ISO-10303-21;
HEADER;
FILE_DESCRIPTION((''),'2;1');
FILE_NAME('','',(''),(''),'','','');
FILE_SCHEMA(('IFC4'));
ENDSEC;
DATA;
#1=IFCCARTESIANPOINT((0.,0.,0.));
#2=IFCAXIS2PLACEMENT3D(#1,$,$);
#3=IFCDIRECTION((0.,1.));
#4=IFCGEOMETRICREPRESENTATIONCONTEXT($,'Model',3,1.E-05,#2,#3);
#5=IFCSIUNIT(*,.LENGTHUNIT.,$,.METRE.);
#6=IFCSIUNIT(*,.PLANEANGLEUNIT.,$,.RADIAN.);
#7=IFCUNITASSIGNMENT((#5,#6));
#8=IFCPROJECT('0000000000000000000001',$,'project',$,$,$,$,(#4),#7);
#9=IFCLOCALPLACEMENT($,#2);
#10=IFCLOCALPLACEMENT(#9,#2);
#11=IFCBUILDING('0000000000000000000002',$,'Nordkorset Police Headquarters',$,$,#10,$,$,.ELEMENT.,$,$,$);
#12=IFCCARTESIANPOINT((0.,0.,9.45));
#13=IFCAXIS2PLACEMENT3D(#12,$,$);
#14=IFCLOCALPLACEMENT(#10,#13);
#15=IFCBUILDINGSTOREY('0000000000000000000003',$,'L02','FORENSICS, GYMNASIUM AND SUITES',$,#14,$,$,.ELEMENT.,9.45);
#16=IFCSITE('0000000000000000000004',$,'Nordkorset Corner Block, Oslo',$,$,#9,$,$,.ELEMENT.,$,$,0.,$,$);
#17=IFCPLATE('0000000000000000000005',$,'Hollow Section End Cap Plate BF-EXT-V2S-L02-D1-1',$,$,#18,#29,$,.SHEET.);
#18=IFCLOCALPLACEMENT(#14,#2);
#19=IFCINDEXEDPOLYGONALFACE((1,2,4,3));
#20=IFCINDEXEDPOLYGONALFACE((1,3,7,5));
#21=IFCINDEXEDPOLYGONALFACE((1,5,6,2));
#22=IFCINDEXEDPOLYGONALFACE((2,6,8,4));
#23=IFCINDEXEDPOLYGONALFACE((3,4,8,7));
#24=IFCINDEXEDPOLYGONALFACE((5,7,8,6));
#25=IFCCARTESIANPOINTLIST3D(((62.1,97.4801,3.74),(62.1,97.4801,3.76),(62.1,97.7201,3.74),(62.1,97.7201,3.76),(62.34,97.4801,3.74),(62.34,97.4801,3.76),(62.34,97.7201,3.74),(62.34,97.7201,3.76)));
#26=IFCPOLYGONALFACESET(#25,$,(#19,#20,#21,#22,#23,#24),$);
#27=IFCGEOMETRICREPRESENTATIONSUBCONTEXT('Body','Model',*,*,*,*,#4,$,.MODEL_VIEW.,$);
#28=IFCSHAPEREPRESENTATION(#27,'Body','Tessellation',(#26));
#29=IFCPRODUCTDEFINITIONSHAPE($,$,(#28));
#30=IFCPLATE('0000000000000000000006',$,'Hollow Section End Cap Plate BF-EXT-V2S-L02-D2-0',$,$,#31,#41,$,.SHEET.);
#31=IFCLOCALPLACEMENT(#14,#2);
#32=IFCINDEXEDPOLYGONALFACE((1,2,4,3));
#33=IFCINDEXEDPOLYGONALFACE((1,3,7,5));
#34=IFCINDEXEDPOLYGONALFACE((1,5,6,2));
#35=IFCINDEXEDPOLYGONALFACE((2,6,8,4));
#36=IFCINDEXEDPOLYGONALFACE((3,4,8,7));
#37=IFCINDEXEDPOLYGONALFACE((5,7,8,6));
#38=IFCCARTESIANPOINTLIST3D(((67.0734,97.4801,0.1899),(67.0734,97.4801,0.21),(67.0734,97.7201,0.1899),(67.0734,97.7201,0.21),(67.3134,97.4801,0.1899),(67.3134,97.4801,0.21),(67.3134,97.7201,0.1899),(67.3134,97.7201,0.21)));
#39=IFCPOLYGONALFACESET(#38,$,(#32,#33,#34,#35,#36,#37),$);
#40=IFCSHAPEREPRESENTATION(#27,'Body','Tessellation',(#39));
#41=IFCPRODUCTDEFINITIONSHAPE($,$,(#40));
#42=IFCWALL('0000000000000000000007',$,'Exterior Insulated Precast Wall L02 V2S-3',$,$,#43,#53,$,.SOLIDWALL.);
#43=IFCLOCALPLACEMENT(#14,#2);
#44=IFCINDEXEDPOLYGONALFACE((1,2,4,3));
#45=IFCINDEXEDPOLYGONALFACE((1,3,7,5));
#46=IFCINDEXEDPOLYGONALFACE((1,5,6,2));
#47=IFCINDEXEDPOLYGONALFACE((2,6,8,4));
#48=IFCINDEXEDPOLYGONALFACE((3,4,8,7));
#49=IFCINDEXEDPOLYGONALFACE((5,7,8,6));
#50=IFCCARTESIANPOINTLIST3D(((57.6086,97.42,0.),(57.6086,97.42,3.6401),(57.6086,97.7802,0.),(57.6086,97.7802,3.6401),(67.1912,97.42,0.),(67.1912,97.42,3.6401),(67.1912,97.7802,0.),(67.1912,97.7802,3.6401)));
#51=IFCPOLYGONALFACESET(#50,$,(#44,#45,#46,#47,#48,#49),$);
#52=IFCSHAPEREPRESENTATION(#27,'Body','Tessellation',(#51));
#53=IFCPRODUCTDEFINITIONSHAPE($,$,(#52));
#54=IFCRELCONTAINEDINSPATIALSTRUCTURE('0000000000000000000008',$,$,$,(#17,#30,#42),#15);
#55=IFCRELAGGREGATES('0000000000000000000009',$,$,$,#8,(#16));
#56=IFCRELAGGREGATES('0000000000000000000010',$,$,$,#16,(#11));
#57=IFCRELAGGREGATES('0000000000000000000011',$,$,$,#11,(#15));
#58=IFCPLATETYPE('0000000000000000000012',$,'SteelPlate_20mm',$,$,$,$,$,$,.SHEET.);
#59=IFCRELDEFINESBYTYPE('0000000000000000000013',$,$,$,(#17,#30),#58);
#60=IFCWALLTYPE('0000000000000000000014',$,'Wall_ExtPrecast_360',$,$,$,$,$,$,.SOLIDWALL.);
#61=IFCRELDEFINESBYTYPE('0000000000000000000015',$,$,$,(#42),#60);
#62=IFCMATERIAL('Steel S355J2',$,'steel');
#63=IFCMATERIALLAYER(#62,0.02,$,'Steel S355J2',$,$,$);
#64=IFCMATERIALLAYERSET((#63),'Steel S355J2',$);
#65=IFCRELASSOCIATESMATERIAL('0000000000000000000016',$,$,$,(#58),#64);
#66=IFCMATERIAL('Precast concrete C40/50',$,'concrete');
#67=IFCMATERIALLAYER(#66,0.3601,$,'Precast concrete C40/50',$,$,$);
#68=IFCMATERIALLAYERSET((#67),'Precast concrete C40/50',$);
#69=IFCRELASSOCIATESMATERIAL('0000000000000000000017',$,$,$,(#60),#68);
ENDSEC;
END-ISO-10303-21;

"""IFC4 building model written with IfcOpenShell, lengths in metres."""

from ifc_helpers import new_model, si_unit, direction, frame, frame_2d, origin, origin_2d, place, context, subcontext, project, spatial, rectangle, extrude, material, layer, layer_set, type_object, element, save


model = new_model("IFC4")

# Units and contexts
model_context = context("Model", 3, precision=1e-05, world=origin(), true_north=direction((0.0, 1.0)))
body_context = subcontext(model_context, "Body", "Model", "MODEL_VIEW")
ifc_project = project(units=[si_unit("LENGTHUNIT", "METRE"), si_unit("PLANEANGLEUNIT", "RADIAN")], contexts=[model_context])

# Site, building, storey
site_placement = place(None, origin())
site = spatial("IfcSite", under=ifc_project, at=site_placement, Name="Nordkorset Corner Block, Oslo", CompositionType="ELEMENT", RefElevation=0.0)
building_placement = place(site_placement, origin())
building = spatial("IfcBuilding", under=site, at=building_placement, Name="Nordkorset Police Headquarters", CompositionType="ELEMENT")
storey_placement = place(building_placement, frame((0.0, 0.0, 9.45)))
storey = spatial("IfcBuildingStorey", under=building, at=storey_placement, Name="L02", Description="FORENSICS, GYMNASIUM AND SUITES", CompositionType="ELEMENT", Elevation=9.45)

# Plates
ifc_material_1 = material(Name="Steel S355J2", Category="steel")
ifc_layer_1 = layer(ifc_material_1, 0.02, Name="Steel S355J2")
ifc_layer_set_1 = layer_set([ifc_layer_1], Name="Steel S355J2")
plate_type_1 = type_object("IfcPlateType", Name="SteelPlate_20mm", PredefinedType="SHEET", material=ifc_layer_set_1)
for number, where, z_axis, x_axis, name in (
    (1, (62.22, 97.6001, 3.74), (0.0, 0.0, 1.0), (1.0, 0.0, 0.0), "Hollow Section End Cap Plate BF-EXT-V2S-L02-D1-1"),
    (2, (67.1934, 97.6001, 0.1899), (0.0, 0.0, 1.0), (1.0, 0.0, 0.0), "Hollow Section End Cap Plate BF-EXT-V2S-L02-D2-0"),
):
    element("IfcPlate", number, at=place(storey_placement, frame(where, z_axis=z_axis, x_axis=x_axis)), inside=storey, type_object=plate_type_1, Name=name, PredefinedType="SHEET", context=body_context, shape_type="SweptSolid", body=[
        extrude(rectangle(XDim=0.24, YDim=0.24, at=origin_2d()), origin(), (0.0, 0.0, 1.0), 0.02),
    ])

# Wall
ifc_material_2 = material(Name="Precast concrete C40/50", Category="concrete")
ifc_layer_2 = layer(ifc_material_2, 0.3601, Name="Precast concrete C40/50")
ifc_layer_set_2 = layer_set([ifc_layer_2], Name="Precast concrete C40/50")
wall_type = type_object("IfcWallType", Name="Wall_ExtPrecast_360", PredefinedType="SOLIDWALL", material=ifc_layer_set_2)
wall_placement = place(storey_placement, frame((57.6086, 97.6001, 0.0), z_axis=(0.0, 0.0, 1.0), x_axis=(1.0, 0.0, 0.0)))
element("IfcWall", 3, at=wall_placement, inside=storey, type_object=wall_type, Name="Exterior Insulated Precast Wall L02 V2S-3", PredefinedType="SOLIDWALL", context=body_context, shape_type="SweptSolid", body=[
    extrude(rectangle(XDim=9.5825, YDim=0.3601, at=frame_2d((4.7913, 0.0))), origin(), (0.0, 0.0, 1.0), 3.6401),
])

save(model, "model.ifc")
